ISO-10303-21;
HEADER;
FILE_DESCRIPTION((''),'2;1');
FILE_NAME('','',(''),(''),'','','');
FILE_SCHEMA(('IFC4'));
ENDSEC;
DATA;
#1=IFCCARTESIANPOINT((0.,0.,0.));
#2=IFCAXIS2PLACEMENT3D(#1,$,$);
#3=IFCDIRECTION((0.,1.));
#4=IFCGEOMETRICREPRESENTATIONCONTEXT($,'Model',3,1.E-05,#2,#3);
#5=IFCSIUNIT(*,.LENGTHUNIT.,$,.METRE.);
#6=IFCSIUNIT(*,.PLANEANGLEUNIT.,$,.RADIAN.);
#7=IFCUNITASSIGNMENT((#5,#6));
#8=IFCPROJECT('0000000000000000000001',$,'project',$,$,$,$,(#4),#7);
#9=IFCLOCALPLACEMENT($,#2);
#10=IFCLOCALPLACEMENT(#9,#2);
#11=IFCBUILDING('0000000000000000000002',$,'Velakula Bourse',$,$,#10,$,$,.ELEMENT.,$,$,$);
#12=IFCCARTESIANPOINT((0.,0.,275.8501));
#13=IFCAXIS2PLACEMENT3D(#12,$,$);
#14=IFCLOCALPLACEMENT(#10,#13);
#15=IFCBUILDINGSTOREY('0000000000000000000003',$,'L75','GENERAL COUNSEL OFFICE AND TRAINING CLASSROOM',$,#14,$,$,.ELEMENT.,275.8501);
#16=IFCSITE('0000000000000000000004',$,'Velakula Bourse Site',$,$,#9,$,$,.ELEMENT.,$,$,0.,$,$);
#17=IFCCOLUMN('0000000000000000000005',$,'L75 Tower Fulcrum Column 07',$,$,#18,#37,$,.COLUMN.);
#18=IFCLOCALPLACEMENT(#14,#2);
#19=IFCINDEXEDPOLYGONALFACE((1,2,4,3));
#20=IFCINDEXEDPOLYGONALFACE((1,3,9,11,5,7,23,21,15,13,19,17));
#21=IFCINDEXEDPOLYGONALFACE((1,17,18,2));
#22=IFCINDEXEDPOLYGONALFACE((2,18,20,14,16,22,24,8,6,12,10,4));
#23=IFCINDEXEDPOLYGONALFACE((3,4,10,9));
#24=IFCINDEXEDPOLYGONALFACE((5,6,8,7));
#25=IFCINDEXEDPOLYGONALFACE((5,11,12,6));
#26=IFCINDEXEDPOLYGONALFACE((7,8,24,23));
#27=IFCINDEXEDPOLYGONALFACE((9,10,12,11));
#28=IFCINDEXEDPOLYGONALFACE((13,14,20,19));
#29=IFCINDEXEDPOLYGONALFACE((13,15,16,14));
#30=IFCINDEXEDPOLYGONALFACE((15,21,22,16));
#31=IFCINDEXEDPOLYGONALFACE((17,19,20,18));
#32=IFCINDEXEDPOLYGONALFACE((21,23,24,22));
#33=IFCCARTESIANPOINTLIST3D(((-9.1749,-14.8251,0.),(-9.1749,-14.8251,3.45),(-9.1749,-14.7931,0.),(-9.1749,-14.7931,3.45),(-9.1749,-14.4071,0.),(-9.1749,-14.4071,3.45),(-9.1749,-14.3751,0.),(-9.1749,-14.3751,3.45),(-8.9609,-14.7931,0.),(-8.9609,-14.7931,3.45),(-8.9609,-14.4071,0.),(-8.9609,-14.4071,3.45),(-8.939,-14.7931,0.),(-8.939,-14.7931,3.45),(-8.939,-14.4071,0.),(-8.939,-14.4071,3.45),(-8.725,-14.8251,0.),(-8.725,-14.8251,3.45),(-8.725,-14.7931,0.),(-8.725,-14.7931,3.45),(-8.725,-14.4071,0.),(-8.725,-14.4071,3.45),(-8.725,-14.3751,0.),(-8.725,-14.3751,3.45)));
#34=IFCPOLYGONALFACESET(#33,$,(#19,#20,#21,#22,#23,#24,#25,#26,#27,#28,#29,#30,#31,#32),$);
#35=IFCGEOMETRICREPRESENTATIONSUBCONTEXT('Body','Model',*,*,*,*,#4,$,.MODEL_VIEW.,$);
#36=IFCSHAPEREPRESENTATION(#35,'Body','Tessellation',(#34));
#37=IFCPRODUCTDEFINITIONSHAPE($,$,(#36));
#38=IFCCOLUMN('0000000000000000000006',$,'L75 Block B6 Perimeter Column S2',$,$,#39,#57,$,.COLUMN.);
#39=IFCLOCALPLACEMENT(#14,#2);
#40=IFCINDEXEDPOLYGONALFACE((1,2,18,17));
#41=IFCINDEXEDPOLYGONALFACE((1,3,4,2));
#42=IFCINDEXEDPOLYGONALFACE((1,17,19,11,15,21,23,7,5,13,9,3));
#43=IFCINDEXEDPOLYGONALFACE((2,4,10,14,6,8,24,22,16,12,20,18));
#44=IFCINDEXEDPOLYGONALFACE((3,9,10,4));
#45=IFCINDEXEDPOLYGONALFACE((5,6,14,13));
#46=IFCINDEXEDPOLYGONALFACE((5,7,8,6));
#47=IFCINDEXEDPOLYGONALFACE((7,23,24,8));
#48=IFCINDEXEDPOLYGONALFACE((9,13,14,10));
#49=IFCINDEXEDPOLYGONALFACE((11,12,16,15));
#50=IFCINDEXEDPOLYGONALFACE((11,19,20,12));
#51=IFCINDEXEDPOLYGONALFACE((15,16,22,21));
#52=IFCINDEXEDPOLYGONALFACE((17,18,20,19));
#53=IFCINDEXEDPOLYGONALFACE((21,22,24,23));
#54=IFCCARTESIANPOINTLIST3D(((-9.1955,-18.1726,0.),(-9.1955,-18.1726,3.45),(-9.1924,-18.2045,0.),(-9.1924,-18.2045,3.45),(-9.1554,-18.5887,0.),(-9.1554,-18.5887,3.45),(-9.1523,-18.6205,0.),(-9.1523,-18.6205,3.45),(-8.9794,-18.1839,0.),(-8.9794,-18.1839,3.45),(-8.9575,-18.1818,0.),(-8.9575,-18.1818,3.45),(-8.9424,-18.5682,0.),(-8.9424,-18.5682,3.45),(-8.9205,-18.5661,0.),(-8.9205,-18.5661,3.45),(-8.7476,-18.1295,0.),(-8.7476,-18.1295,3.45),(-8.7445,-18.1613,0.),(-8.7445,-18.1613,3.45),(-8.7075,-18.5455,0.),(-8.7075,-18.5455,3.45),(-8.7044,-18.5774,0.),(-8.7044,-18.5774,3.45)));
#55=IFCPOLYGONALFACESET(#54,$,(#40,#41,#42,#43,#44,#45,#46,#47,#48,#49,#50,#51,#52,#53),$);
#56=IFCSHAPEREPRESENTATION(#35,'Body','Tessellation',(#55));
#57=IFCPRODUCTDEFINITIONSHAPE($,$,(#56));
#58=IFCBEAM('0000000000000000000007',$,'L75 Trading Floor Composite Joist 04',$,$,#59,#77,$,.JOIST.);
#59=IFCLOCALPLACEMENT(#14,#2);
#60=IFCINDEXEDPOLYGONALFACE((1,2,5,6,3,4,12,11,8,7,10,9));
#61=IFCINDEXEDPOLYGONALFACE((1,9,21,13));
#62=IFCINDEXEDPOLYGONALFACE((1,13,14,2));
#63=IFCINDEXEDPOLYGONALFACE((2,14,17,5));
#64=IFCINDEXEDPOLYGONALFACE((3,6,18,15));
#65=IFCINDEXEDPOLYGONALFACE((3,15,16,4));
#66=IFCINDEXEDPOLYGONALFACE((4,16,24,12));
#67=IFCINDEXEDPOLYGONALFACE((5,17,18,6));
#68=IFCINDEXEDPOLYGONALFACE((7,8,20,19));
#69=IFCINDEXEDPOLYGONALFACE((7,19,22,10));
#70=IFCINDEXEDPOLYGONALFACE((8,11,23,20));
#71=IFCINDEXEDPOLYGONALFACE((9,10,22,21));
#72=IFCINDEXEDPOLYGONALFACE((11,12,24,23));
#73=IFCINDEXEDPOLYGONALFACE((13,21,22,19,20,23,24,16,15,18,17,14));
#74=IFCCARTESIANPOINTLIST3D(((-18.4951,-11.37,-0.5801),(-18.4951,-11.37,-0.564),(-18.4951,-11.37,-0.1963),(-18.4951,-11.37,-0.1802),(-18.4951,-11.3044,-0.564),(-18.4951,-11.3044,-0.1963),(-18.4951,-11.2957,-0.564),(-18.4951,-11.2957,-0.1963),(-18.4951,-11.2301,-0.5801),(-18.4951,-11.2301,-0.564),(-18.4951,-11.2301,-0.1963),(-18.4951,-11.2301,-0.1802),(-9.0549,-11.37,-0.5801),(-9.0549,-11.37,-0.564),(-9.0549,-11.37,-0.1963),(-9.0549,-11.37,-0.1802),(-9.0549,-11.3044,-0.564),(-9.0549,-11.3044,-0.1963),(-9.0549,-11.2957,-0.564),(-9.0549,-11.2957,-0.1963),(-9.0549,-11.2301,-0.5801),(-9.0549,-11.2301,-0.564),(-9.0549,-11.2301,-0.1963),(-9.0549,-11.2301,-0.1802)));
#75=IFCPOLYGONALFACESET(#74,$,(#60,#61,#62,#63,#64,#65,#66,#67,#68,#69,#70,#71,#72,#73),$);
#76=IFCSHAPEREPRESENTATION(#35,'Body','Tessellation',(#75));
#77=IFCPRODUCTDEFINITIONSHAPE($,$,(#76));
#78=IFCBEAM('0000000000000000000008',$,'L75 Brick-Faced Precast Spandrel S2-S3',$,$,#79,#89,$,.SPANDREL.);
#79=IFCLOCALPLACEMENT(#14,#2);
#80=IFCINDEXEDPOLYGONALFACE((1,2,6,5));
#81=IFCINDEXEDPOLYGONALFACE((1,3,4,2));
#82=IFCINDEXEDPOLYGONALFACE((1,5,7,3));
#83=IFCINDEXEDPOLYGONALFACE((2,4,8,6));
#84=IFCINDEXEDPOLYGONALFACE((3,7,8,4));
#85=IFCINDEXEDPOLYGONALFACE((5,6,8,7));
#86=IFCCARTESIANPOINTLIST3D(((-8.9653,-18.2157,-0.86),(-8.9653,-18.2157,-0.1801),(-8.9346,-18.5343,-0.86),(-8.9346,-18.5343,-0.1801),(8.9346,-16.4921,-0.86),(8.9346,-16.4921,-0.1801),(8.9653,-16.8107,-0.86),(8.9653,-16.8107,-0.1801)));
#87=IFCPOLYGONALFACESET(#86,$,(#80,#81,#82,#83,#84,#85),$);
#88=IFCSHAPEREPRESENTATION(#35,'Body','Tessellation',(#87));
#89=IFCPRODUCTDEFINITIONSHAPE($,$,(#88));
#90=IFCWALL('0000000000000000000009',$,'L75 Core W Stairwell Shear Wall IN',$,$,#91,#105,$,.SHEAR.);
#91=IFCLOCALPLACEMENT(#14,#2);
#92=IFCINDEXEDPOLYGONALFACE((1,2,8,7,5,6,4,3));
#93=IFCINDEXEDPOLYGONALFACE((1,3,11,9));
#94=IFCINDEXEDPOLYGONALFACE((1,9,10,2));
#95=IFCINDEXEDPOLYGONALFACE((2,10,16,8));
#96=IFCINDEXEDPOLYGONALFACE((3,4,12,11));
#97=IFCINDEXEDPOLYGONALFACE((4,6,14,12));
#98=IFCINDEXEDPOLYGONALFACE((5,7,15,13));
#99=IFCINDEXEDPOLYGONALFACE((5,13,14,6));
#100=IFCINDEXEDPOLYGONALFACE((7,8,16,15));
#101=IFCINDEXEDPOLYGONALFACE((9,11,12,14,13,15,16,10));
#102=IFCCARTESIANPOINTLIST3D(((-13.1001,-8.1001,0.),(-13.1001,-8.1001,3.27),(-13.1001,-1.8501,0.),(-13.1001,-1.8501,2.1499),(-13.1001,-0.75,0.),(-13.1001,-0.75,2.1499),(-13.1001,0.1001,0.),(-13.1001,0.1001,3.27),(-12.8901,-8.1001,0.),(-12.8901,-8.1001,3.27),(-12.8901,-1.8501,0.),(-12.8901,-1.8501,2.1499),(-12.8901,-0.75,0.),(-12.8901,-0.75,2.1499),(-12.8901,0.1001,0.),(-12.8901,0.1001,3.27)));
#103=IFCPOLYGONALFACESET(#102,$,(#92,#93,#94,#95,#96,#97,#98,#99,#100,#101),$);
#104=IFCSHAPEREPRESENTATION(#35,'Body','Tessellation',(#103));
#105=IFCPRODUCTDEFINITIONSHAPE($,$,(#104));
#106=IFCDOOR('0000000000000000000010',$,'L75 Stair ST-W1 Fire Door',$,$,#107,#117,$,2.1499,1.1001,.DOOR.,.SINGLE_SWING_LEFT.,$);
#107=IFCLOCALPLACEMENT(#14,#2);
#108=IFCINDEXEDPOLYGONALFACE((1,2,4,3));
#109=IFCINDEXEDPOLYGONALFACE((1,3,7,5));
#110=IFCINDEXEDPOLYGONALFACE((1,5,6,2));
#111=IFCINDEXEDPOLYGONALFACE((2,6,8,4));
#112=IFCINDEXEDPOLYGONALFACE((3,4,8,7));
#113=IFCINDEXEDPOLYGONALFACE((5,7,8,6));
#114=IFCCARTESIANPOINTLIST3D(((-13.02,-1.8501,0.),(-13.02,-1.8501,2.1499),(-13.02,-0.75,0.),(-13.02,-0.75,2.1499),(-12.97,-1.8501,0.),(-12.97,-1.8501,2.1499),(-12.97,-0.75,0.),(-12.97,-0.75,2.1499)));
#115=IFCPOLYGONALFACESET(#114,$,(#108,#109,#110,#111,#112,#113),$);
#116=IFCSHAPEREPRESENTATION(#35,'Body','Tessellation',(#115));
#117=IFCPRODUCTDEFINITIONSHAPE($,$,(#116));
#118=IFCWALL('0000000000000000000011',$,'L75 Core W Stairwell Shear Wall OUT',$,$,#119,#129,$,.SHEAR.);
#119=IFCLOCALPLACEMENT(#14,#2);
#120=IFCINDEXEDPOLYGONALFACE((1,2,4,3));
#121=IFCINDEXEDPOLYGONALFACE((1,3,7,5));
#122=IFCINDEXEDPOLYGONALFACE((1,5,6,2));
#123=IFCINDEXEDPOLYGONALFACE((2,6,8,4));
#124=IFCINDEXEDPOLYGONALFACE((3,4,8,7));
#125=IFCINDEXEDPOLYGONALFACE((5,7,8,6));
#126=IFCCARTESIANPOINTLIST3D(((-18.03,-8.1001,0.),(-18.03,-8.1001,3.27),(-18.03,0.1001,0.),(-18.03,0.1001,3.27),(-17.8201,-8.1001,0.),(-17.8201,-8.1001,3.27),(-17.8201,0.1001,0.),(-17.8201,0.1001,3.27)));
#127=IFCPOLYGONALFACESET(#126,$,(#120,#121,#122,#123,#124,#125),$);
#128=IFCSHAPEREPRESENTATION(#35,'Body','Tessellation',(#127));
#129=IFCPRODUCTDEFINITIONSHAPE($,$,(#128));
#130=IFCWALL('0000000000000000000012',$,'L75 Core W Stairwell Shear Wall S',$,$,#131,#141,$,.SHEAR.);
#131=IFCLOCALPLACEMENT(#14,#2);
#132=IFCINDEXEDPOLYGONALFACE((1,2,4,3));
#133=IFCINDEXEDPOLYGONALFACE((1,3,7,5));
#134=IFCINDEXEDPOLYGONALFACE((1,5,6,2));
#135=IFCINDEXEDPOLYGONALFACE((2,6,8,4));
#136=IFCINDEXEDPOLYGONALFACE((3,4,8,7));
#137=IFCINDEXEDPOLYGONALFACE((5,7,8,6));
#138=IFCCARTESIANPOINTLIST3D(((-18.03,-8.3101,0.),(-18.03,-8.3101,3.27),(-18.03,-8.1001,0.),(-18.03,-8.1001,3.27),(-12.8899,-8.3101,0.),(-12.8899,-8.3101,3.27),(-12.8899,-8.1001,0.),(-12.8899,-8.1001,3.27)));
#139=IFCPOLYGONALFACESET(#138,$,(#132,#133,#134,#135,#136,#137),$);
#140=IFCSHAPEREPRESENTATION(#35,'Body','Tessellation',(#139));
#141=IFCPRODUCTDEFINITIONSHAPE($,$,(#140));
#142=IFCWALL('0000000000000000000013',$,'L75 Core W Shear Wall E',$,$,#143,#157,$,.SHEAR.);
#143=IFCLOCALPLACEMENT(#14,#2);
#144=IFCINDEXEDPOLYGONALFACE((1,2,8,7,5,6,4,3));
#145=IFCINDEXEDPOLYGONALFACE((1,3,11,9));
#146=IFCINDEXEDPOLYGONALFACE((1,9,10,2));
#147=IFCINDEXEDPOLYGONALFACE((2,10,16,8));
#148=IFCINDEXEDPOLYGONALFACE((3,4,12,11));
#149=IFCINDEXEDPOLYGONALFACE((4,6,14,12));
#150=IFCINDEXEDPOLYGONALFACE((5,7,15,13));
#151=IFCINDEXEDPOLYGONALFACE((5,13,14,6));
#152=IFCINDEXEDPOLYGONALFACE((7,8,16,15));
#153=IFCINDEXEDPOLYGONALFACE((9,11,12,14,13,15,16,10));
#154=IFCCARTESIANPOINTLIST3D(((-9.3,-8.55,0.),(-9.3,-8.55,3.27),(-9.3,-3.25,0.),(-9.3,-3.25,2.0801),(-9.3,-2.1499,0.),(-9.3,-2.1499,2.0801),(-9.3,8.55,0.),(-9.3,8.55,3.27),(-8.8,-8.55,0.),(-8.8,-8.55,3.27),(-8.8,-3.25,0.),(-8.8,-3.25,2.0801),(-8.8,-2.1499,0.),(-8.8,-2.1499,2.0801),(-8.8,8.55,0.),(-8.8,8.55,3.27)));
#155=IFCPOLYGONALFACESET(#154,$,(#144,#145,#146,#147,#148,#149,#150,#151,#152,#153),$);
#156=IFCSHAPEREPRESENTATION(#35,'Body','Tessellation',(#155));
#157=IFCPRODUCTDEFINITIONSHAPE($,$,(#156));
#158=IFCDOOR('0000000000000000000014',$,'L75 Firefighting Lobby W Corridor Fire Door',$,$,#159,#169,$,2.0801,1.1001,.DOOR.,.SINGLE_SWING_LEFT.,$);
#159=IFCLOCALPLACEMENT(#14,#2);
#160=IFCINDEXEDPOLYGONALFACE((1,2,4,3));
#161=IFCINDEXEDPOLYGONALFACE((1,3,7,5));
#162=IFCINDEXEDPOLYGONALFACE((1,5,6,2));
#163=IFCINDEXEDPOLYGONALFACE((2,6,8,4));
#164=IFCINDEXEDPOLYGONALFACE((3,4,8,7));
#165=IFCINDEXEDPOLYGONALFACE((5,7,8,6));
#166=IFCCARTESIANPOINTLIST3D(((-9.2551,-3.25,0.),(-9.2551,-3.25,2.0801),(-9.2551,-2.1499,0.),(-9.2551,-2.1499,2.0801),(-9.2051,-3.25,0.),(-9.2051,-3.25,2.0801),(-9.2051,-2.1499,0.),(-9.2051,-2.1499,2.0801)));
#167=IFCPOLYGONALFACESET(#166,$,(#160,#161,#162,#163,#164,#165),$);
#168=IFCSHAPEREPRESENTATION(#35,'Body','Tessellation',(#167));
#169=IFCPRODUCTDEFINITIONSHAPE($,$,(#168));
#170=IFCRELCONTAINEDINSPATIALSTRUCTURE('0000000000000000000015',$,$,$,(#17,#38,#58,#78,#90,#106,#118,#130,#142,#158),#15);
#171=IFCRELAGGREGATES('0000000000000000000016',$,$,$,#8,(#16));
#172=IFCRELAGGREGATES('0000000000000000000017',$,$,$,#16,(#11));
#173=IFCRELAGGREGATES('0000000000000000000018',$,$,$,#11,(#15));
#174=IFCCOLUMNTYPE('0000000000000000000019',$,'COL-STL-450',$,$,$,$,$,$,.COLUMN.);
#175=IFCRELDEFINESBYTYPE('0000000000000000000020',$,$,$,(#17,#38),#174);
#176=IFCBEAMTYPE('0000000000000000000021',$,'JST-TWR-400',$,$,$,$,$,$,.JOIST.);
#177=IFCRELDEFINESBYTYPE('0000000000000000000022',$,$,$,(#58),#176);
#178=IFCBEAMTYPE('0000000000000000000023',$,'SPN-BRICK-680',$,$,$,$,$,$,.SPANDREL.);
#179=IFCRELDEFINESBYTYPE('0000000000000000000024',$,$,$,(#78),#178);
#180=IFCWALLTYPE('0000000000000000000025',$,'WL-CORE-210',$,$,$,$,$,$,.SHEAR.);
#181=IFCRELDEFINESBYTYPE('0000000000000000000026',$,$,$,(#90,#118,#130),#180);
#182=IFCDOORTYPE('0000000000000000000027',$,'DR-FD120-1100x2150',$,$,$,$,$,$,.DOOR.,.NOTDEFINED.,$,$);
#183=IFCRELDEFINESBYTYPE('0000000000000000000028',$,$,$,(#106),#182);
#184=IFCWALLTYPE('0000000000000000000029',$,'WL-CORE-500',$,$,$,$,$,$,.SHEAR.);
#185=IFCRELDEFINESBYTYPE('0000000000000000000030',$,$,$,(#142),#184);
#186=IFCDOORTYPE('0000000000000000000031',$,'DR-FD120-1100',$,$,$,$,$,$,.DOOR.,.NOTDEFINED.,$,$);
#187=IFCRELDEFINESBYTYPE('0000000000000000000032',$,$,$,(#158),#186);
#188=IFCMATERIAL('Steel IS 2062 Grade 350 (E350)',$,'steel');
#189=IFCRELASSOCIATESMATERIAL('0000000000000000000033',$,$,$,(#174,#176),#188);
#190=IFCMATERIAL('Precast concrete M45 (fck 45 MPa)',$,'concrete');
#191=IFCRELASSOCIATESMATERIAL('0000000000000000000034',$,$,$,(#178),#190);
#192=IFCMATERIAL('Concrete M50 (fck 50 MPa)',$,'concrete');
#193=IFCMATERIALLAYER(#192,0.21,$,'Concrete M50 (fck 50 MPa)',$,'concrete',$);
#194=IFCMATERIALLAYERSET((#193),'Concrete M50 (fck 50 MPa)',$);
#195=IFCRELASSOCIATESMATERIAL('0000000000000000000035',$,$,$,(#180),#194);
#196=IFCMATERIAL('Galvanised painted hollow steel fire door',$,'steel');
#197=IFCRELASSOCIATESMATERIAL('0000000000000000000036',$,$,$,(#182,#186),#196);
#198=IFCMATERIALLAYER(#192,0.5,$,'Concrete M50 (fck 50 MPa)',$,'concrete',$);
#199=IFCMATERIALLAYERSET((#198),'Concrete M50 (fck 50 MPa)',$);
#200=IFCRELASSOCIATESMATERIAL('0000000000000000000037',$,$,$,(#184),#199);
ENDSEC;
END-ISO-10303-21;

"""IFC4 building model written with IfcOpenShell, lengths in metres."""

from ifc_helpers import new_model, si_unit, direction, frame, frame_2d, origin, origin_2d, place, context, subcontext, project, spatial, rectangle, i_section, extrude, material, layer, layer_set, material_profile, profile_set, type_object, element, fill, save


model = new_model("IFC4")

# Units and contexts
model_context = context("Model", 3, precision=1e-05, world=origin(), true_north=direction((0.0, 1.0)))
body_context = subcontext(model_context, "Body", "Model", "MODEL_VIEW")
ifc_project = project(units=[si_unit("LENGTHUNIT", "METRE"), si_unit("PLANEANGLEUNIT", "RADIAN")], contexts=[model_context])

# Site, building, storey
site_placement = place(None, origin())
site = spatial("IfcSite", under=ifc_project, at=site_placement, Name="Velakula Bourse Site", CompositionType="ELEMENT", RefElevation=0.0)
building_placement = place(site_placement, origin())
building = spatial("IfcBuilding", under=site, at=building_placement, Name="Velakula Bourse", CompositionType="ELEMENT")
storey_placement = place(building_placement, frame((0.0, 0.0, 275.8501)))
storey = spatial("IfcBuildingStorey", under=building, at=storey_placement, Name="L75", Description="GENERAL COUNSEL OFFICE AND TRAINING CLASSROOM", CompositionType="ELEMENT", Elevation=275.8501)

# Columns
ifc_material_1 = material(Name="Steel IS 2062 Grade 350 (E350)", Category="steel")
ifc_material_profile_1 = material_profile(ifc_material_1, i_section(OverallWidth=0.45, OverallDepth=0.45, WebThickness=0.022, FlangeThickness=0.032, at=origin_2d()), Name="Steel IS 2062 Grade 350 (E350)")
ifc_profile_set_1 = profile_set([ifc_material_profile_1], Name="Steel IS 2062 Grade 350 (E350)")
column_type = type_object("IfcColumnType", Name="COL-STL-450", PredefinedType="COLUMN", material=ifc_profile_set_1)
for number, where, z_axis, x_axis, name in (
    (1, (-8.95, -14.6001, 0.0), (0.0, 0.0, 1.0), (1.0, 0.0, 0.0), "L75 Tower Fulcrum Column 07"),
    (2, (-8.95, -18.375, 0.0), (0.0, 0.0, 1.0), (0.995396, 0.095846, 0.0), "L75 Block B6 Perimeter Column S2"),
):
    element("IfcColumn", number, at=place(storey_placement, frame(where, z_axis=z_axis, x_axis=x_axis)), inside=storey, type_object=column_type, Name=name, PredefinedType="COLUMN", context=body_context, shape_type="SweptSolid", body=[
        extrude(i_section(OverallWidth=0.45, OverallDepth=0.45, WebThickness=0.022, FlangeThickness=0.032, at=origin_2d()), origin(), (0.0, 0.0, 1.0), 3.45),
    ])

# Beams
ifc_material_profile_2 = material_profile(ifc_material_1, i_section(OverallWidth=0.1399, OverallDepth=0.3999, WebThickness=0.0088, FlangeThickness=0.0161, at=origin_2d()), Name="Steel IS 2062 Grade 350 (E350)")
ifc_profile_set_2 = profile_set([ifc_material_profile_2], Name="Steel IS 2062 Grade 350 (E350)")
beam_type_1 = type_object("IfcBeamType", Name="JST-TWR-400", PredefinedType="JOIST", material=ifc_profile_set_2)
beam_1_placement = place(storey_placement, frame((-18.4951, -11.3, -0.3801), z_axis=(1.0, 0.0, 0.0), x_axis=(0.0, 1.0, 0.0)))
element("IfcBeam", 3, at=beam_1_placement, inside=storey, type_object=beam_type_1, Name="L75 Trading Floor Composite Joist 04", PredefinedType="JOIST", context=body_context, shape_type="SweptSolid", body=[
    extrude(i_section(OverallWidth=0.1399, OverallDepth=0.3999, WebThickness=0.0088, FlangeThickness=0.0161, at=origin_2d()), origin(), (0.0, 0.0, 1.0), 9.4402),
])
ifc_material_2 = material(Name="Precast concrete M45 (fck 45 MPa)", Category="concrete")
ifc_material_profile_3 = material_profile(ifc_material_2, rectangle(XDim=0.3201, YDim=0.6799, at=origin_2d()), Name="Precast concrete M45 (fck 45 MPa)")
ifc_profile_set_3 = profile_set([ifc_material_profile_3], Name="Precast concrete M45 (fck 45 MPa)")
beam_type_2 = type_object("IfcBeamType", Name="SPN-BRICK-680", PredefinedType="SPANDREL", material=ifc_profile_set_3)
beam_2_placement = place(storey_placement, frame((-8.95, -18.375, -0.52), z_axis=(0.995396, 0.09585, 0.0), x_axis=(-0.09585, 0.995396, 0.0)))
element("IfcBeam", 4, at=beam_2_placement, inside=storey, type_object=beam_type_2, Name="L75 Brick-Faced Precast Spandrel S2-S3", PredefinedType="SPANDREL", context=body_context, shape_type="SweptSolid", body=[
    extrude(rectangle(XDim=0.3201, YDim=0.6799, at=origin_2d()), origin(), (0.0, 0.0, 1.0), 17.9827),
])

# Wall, opening, door
ifc_material_3 = material(Name="Concrete M50 (fck 50 MPa)", Category="concrete")
ifc_layer_1 = layer(ifc_material_3, 0.21, Name="Concrete M50 (fck 50 MPa)", Category="concrete")
ifc_layer_set_1 = layer_set([ifc_layer_1], Name="Concrete M50 (fck 50 MPa)")
wall_type_1 = type_object("IfcWallType", Name="WL-CORE-210", PredefinedType="SHEAR", material=ifc_layer_set_1)
wall_1_placement = place(storey_placement, frame((-12.9951, -8.1001, 0.0), z_axis=(0.0, 0.0, 1.0), x_axis=(0.0, 1.0, 0.0)))
wall_1 = element("IfcWall", 5, at=wall_1_placement, inside=storey, type_object=wall_type_1, Name="L75 Core W Stairwell Shear Wall IN", PredefinedType="SHEAR", context=body_context, shape_type="SweptSolid", body=[
    extrude(rectangle(XDim=8.2002, YDim=0.21, at=frame_2d((4.1001, 0.0))), origin(), (0.0, 0.0, 1.0), 3.27),
])
opening_1_placement = place(wall_1_placement, frame((6.25, 0.0, 0.0)))
opening_1 = element("IfcOpeningElement", 6, at=opening_1_placement, cuts=wall_1, PredefinedType="OPENING", context=body_context, shape_type="SweptSolid", body=[
    extrude(rectangle(XDim=1.1001, YDim=2.1499, at=frame_2d((0.55, 1.075))), frame((0.0, 0.115, 0.0), z_axis=(0.0, -1.0, 0.0), x_axis=(1.0, 0.0, 0.0)), (0.0, 0.0, 1.0), 0.23),
])
ifc_material_4 = material(Name="Galvanised painted hollow steel fire door", Category="steel")
door_type_1 = type_object("IfcDoorType", Name="DR-FD120-1100x2150", OperationType="NOTDEFINED", PredefinedType="DOOR", material=ifc_material_4)
door_1_placement = place(opening_1_placement, origin())
door_1 = element("IfcDoor", 7, at=door_1_placement, inside=storey, type_object=door_type_1, Name="L75 Stair ST-W1 Fire Door", OperationType="SINGLE_SWING_LEFT", OverallHeight=2.1499, OverallWidth=1.1001, PredefinedType="DOOR", context=body_context, shape_type="SweptSolid", body=[
    extrude(rectangle(XDim=1.1001, YDim=2.1499, at=frame_2d((0.55, 1.075))), frame((0.0, 0.0249, 0.0), z_axis=(0.0, -1.0, 0.0), x_axis=(1.0, 0.0, 0.0)), (0.0, 0.0, 1.0), 0.05),
])
fill(opening_1, door_1)

# Walls
wall_2_placement = place(storey_placement, frame((-17.925, -8.1001, 0.0), z_axis=(0.0, 0.0, 1.0), x_axis=(0.0, 1.0, 0.0)))
element("IfcWall", 8, at=wall_2_placement, inside=storey, type_object=wall_type_1, Name="L75 Core W Stairwell Shear Wall OUT", PredefinedType="SHEAR", context=body_context, shape_type="SweptSolid", body=[
    extrude(rectangle(XDim=8.2002, YDim=0.21, at=frame_2d((4.1001, 0.0))), origin(), (0.0, 0.0, 1.0), 3.27),
])
wall_3_placement = place(storey_placement, frame((-18.03, -8.2051, 0.0), z_axis=(0.0, 0.0, 1.0), x_axis=(1.0, 0.0, 0.0)))
element("IfcWall", 9, at=wall_3_placement, inside=storey, type_object=wall_type_1, Name="L75 Core W Stairwell Shear Wall S", PredefinedType="SHEAR", context=body_context, shape_type="SweptSolid", body=[
    extrude(rectangle(XDim=5.1401, YDim=0.21, at=frame_2d((2.5701, 0.0))), origin(), (0.0, 0.0, 1.0), 3.27),
])

# Wall, opening, door
ifc_layer_2 = layer(ifc_material_3, 0.5, Name="Concrete M50 (fck 50 MPa)", Category="concrete")
ifc_layer_set_2 = layer_set([ifc_layer_2], Name="Concrete M50 (fck 50 MPa)")
wall_type_2 = type_object("IfcWallType", Name="WL-CORE-500", PredefinedType="SHEAR", material=ifc_layer_set_2)
wall_4_placement = place(storey_placement, frame((-9.05, -8.55, 0.0), z_axis=(0.0, 0.0, 1.0), x_axis=(0.0, 1.0, 0.0)))
wall_4 = element("IfcWall", 10, at=wall_4_placement, inside=storey, type_object=wall_type_2, Name="L75 Core W Shear Wall E", PredefinedType="SHEAR", context=body_context, shape_type="SweptSolid", body=[
    extrude(rectangle(XDim=17.1001, YDim=0.5, at=frame_2d((8.55, 0.0))), origin(), (0.0, 0.0, 1.0), 3.27),
])
opening_2_placement = place(wall_4_placement, frame((5.3, 0.0, 0.0)))
opening_2 = element("IfcOpeningElement", 11, at=opening_2_placement, cuts=wall_4, PredefinedType="OPENING", context=body_context, shape_type="SweptSolid", body=[
    extrude(rectangle(XDim=1.1001, YDim=2.0801, at=frame_2d((0.55, 1.04))), frame((0.0, 0.26, 0.0), z_axis=(0.0, -1.0, 0.0), x_axis=(1.0, 0.0, 0.0)), (0.0, 0.0, 1.0), 0.52),
])
door_type_2 = type_object("IfcDoorType", Name="DR-FD120-1100", OperationType="NOTDEFINED", PredefinedType="DOOR", material=ifc_material_4)
door_2_placement = place(opening_2_placement, origin())
door_2 = element("IfcDoor", 12, at=door_2_placement, inside=storey, type_object=door_type_2, Name="L75 Firefighting Lobby W Corridor Fire Door", OperationType="SINGLE_SWING_LEFT", OverallHeight=2.0801, OverallWidth=1.1001, PredefinedType="DOOR", context=body_context, shape_type="SweptSolid", body=[
    extrude(rectangle(XDim=1.1001, YDim=2.0801, at=frame_2d((0.55, 1.04))), frame((0.0, 0.2051, 0.0), z_axis=(0.0, -1.0, 0.0), x_axis=(1.0, 0.0, 0.0)), (0.0, 0.0, 1.0), 0.05),
])
fill(opening_2, door_2)

save(model, "model.ifc")
